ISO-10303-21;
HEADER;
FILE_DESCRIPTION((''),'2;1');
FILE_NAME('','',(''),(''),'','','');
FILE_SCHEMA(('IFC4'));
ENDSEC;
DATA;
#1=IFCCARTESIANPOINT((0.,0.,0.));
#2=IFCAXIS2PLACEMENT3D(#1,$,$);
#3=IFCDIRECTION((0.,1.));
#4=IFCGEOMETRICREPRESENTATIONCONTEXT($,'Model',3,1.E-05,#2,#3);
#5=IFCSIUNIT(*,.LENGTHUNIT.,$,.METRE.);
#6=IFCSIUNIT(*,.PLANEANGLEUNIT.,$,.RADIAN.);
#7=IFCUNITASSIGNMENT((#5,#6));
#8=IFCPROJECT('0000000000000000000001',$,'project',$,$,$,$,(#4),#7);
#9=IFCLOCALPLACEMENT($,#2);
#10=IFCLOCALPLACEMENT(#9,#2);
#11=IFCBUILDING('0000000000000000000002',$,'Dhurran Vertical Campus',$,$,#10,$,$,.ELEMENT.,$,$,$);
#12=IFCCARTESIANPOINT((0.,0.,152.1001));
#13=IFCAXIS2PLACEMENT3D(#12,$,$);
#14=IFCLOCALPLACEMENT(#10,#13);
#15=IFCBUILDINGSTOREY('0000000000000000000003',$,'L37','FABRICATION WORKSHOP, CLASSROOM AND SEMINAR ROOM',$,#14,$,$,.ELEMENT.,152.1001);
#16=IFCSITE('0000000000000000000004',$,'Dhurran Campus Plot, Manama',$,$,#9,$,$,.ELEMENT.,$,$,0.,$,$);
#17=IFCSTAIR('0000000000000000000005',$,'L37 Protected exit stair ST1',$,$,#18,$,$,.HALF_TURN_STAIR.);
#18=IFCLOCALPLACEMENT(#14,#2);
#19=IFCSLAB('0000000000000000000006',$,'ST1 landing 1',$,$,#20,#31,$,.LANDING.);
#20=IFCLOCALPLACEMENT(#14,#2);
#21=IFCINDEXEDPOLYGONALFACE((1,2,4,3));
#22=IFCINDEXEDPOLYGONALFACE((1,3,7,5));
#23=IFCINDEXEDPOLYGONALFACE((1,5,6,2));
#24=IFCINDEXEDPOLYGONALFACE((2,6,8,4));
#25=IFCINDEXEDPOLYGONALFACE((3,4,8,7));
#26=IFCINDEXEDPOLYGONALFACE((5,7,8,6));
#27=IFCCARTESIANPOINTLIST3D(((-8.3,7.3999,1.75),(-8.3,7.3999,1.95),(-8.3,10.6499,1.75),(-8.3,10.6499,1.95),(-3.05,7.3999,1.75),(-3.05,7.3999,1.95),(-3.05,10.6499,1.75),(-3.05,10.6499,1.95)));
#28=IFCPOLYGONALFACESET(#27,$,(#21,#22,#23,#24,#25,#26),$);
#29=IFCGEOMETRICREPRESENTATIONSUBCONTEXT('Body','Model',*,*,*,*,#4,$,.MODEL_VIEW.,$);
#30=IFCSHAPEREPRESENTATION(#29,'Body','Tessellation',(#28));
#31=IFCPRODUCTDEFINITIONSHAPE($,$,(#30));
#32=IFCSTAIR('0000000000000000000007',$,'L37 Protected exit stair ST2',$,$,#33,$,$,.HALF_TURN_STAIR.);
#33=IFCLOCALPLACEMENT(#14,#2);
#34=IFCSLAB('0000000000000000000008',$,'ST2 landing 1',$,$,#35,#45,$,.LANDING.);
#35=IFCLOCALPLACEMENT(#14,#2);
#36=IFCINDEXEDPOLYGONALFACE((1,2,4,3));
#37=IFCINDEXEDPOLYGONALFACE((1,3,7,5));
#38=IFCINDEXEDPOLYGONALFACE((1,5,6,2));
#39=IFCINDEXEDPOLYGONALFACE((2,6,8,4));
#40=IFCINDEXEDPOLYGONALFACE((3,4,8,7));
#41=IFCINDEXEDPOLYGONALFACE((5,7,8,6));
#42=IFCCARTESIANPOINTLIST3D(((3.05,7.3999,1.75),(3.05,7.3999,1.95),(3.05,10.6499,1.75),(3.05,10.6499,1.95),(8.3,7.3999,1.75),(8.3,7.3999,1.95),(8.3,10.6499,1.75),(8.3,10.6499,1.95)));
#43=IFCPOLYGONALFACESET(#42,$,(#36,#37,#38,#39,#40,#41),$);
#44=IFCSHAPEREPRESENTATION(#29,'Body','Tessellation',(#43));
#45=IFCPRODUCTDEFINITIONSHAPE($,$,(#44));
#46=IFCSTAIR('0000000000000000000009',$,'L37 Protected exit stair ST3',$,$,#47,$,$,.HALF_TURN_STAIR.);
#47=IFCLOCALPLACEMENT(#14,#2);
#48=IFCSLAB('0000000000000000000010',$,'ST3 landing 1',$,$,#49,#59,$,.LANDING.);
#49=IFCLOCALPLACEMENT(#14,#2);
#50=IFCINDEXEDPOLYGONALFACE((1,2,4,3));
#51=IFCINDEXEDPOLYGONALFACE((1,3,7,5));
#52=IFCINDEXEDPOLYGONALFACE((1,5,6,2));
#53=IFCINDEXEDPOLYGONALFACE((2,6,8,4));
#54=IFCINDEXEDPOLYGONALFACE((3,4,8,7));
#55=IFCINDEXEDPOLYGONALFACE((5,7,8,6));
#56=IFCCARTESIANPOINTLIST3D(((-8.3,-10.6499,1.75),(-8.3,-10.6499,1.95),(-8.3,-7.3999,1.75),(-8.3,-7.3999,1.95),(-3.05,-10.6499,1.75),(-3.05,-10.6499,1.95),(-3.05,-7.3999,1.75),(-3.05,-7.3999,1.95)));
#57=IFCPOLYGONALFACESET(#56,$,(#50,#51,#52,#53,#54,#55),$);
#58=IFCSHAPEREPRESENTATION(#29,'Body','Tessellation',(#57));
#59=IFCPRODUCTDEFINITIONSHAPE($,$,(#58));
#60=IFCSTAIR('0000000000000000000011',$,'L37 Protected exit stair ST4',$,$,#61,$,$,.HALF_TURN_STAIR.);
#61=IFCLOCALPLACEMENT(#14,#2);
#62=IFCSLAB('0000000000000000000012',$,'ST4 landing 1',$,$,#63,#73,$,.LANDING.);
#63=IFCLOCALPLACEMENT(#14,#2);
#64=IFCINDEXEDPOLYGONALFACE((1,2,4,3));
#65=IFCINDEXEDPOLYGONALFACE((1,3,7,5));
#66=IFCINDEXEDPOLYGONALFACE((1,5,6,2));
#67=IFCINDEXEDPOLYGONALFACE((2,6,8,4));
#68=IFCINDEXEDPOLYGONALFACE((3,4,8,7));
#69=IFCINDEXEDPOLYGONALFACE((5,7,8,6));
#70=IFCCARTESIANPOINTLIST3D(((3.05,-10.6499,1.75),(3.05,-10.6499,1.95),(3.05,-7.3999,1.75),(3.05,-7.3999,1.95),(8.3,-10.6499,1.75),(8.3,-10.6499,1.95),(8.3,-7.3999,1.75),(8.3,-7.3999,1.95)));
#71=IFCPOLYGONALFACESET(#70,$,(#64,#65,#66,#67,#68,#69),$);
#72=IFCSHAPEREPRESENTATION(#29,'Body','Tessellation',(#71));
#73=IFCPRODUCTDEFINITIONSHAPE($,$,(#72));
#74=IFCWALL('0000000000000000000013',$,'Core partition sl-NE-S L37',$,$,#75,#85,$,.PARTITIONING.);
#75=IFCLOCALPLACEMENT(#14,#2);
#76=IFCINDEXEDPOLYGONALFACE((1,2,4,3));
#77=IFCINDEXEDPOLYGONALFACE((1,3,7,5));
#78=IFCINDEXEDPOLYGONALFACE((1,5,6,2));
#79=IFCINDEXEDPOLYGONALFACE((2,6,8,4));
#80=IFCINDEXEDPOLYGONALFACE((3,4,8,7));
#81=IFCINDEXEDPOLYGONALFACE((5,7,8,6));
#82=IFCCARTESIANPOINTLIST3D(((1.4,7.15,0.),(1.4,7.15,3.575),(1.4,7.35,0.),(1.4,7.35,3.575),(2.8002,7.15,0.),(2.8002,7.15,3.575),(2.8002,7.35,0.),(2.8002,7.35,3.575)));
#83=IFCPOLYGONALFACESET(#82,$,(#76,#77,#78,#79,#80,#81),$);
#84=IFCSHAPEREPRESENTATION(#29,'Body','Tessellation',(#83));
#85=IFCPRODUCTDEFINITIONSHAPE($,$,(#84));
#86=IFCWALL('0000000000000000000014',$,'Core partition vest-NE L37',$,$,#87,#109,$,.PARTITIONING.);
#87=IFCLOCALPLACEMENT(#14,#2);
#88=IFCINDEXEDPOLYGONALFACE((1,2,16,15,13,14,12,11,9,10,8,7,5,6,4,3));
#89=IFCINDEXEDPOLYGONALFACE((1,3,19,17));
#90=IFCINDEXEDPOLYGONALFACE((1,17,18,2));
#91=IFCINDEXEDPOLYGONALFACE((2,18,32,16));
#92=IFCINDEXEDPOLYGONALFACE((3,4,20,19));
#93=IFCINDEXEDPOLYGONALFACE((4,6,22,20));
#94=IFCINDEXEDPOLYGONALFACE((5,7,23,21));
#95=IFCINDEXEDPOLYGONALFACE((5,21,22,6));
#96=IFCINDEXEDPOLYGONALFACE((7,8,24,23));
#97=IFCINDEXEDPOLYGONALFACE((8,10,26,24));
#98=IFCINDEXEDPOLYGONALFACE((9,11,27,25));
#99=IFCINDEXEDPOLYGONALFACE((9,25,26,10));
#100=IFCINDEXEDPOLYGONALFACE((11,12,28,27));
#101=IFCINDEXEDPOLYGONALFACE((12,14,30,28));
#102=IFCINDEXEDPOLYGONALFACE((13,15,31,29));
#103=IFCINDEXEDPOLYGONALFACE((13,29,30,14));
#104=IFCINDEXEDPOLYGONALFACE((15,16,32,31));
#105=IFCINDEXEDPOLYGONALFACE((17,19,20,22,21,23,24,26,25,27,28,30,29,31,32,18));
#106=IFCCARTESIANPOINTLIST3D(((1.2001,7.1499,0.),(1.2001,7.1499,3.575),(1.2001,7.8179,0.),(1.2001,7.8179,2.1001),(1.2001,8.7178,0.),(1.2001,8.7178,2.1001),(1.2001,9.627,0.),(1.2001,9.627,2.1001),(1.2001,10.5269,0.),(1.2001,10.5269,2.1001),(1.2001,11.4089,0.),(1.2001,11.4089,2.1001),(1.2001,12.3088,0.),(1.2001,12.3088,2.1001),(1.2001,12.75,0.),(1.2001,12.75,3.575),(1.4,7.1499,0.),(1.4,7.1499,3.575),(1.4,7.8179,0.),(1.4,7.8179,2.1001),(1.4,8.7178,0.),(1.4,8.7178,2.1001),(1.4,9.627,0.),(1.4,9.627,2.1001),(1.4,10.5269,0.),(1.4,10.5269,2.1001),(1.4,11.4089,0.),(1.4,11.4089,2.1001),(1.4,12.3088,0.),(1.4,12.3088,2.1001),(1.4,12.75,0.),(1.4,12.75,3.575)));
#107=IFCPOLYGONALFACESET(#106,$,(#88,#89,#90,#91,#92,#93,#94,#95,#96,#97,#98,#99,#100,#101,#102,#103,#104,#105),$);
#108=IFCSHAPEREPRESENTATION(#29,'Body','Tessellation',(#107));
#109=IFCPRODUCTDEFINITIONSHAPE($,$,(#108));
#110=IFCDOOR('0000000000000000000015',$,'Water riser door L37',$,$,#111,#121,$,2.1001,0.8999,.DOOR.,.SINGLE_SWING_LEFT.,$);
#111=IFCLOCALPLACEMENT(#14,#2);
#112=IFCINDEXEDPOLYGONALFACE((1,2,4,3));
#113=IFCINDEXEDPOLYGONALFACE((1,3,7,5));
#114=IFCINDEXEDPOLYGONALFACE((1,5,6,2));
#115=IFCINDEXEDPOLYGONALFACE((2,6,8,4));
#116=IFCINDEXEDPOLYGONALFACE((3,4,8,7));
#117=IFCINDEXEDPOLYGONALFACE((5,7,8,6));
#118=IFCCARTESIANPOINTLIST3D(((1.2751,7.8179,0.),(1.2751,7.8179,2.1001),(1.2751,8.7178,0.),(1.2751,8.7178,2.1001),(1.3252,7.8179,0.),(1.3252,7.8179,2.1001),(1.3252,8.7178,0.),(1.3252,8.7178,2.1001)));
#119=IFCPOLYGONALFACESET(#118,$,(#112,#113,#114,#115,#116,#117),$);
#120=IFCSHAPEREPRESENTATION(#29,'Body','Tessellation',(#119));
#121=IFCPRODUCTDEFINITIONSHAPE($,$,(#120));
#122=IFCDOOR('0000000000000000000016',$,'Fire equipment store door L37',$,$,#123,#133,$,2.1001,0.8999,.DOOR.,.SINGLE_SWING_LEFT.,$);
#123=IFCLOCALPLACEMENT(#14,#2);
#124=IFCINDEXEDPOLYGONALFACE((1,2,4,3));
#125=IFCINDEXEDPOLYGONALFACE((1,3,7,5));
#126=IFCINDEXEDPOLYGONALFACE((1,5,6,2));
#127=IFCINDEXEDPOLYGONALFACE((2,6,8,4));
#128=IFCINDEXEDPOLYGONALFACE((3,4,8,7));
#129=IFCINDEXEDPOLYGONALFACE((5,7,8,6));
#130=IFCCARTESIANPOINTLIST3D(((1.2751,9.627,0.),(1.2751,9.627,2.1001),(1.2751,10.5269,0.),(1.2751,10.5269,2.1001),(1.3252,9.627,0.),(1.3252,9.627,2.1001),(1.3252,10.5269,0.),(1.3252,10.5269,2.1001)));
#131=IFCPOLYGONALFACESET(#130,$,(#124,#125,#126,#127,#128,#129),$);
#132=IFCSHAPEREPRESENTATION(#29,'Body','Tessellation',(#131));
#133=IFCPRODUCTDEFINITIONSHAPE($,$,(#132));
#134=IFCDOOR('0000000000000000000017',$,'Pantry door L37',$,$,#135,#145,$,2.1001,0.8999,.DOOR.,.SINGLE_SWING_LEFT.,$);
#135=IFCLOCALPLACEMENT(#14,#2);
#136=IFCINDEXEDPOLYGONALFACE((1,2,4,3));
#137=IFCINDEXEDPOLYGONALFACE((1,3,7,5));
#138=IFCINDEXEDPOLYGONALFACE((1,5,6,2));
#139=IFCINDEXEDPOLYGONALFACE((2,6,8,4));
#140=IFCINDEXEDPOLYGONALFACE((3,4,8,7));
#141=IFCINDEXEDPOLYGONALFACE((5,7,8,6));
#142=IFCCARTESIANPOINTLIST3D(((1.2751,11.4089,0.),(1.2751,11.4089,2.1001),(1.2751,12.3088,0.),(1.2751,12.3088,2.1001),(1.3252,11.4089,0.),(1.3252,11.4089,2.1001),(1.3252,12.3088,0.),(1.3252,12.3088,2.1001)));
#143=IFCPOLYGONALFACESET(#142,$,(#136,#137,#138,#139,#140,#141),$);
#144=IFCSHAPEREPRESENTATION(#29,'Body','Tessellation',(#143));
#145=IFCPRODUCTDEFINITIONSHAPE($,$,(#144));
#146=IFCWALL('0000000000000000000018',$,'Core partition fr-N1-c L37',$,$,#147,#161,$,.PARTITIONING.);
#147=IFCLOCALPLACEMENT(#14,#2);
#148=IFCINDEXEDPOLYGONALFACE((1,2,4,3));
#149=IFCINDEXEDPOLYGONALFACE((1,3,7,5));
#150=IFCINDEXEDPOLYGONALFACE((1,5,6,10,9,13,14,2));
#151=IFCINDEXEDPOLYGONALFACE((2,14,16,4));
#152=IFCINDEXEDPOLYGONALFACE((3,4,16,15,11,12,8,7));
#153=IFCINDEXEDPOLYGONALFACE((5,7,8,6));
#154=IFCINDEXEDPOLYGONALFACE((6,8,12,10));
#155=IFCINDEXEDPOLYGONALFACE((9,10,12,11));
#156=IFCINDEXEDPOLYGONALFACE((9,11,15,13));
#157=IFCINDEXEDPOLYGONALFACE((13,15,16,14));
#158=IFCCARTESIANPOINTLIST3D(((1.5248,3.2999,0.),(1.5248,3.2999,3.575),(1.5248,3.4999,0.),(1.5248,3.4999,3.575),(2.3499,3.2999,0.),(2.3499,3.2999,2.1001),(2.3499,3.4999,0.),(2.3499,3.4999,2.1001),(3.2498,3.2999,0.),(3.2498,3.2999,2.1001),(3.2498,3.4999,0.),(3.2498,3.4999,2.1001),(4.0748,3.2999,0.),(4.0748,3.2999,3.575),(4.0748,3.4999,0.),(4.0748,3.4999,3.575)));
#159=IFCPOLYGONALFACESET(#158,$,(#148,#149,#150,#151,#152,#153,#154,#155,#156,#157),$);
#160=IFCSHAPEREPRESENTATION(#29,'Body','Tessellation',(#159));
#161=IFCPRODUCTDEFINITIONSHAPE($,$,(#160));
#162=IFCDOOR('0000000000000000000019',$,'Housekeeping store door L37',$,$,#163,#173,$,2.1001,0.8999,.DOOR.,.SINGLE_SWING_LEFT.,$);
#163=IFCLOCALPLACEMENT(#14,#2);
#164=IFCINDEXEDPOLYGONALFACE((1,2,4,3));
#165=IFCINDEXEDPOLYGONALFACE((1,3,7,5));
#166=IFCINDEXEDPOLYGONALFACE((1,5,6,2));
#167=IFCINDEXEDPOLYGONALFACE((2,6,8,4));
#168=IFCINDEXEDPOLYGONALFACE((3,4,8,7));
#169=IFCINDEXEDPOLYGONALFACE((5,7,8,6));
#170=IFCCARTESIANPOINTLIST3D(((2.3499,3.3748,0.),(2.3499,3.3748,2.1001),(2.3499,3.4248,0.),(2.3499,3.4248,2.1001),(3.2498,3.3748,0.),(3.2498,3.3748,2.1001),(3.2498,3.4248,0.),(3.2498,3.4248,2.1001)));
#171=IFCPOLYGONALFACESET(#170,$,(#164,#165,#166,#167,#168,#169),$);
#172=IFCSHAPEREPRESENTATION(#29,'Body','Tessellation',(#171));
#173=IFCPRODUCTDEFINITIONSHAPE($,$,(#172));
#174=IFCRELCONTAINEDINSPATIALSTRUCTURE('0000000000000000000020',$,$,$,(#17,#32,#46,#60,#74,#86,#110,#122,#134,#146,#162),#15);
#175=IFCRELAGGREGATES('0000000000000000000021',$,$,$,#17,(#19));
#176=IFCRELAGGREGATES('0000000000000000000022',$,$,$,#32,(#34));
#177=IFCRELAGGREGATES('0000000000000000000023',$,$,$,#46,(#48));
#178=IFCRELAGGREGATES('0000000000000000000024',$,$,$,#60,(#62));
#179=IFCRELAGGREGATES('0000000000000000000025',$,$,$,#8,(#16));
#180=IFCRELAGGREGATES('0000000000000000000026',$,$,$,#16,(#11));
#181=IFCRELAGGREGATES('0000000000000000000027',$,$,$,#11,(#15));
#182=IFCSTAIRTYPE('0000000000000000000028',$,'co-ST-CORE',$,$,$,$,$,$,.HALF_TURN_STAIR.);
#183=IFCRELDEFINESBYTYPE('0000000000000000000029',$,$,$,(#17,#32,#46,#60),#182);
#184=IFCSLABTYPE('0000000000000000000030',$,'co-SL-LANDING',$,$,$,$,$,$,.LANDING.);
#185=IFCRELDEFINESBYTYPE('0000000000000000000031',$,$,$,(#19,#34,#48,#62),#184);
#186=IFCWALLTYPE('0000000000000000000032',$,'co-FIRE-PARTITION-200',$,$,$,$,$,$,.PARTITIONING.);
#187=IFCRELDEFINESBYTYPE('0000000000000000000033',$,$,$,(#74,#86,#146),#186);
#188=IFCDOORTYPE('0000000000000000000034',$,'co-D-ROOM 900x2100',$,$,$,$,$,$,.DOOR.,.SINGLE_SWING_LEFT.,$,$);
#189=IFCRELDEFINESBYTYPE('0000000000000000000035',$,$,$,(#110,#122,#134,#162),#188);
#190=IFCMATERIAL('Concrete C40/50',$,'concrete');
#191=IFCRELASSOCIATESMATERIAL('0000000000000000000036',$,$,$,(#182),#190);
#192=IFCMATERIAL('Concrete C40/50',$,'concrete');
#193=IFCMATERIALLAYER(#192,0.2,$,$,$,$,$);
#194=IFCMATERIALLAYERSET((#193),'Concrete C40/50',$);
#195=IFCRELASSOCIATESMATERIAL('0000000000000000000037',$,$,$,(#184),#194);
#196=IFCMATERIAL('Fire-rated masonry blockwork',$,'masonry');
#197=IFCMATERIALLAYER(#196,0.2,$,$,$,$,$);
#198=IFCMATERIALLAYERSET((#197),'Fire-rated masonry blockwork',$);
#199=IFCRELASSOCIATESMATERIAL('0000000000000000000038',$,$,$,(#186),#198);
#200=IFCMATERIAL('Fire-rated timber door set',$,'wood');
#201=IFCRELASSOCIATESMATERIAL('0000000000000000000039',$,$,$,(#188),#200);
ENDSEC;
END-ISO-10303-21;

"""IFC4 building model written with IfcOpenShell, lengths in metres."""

from ifc_helpers import new_model, si_unit, direction, frame, frame_2d, origin, place, context, subcontext, project, spatial, polyline, rectangle, outline, extrude, material, layer, layer_set, type_object, element, fill, aggregate, save


model = new_model("IFC4")

# Units and contexts
model_context = context("Model", 3, precision=1e-05, world=origin(), true_north=direction((0.0, 1.0)))
body_context = subcontext(model_context, "Body", "Model", "MODEL_VIEW")
ifc_project = project(units=[si_unit("LENGTHUNIT", "METRE"), si_unit("PLANEANGLEUNIT", "RADIAN")], contexts=[model_context])

# Site, building, storey
site_placement = place(None, origin())
site = spatial("IfcSite", under=ifc_project, at=site_placement, Name="Dhurran Campus Plot, Manama", CompositionType="ELEMENT", RefElevation=0.0)
building_placement = place(site_placement, origin())
building = spatial("IfcBuilding", under=site, at=building_placement, Name="Dhurran Vertical Campus", CompositionType="ELEMENT")
storey_placement = place(building_placement, frame((0.0, 0.0, 152.1001)))
storey = spatial("IfcBuildingStorey", under=building, at=storey_placement, Name="L37", Description="FABRICATION WORKSHOP, CLASSROOM AND SEMINAR ROOM", CompositionType="ELEMENT", Elevation=152.1001)

# Stairs, slabs
ifc_material_1 = material(Name="Concrete C40/50", Category="concrete")
stair_type = type_object("IfcStairType", Name="co-ST-CORE", PredefinedType="HALF_TURN_STAIR", material=ifc_material_1)
stair_1_placement = place(storey_placement, origin())
stair_1 = element("IfcStair", 1, at=stair_1_placement, inside=storey, type_object=stair_type, Name="L37 Protected exit stair ST1", PredefinedType="HALF_TURN_STAIR")
ifc_material_2 = material(Name="Concrete C40/50", Category="concrete")
ifc_layer_1 = layer(ifc_material_2, 0.2)
ifc_layer_set_1 = layer_set([ifc_layer_1], Name="Concrete C40/50")
slab_type = type_object("IfcSlabType", Name="co-SL-LANDING", PredefinedType="LANDING", material=ifc_layer_set_1)
slab_1_placement = place(storey_placement, frame((0.0, 0.0, 1.75)))
slab_1 = element("IfcSlab", 2, at=slab_1_placement, type_object=slab_type, Name="ST1 landing 1", PredefinedType="LANDING", context=body_context, shape_type="SweptSolid", body=[
    extrude(outline(polyline([(-8.3, 7.3999), (-3.05, 7.3999), (-3.05, 10.6499), (-8.3, 10.6499), (-8.3, 7.3999)])), origin(), (0.0, 0.0, 1.0), 0.2),
])
aggregate(stair_1, [slab_1])
stair_2_placement = place(storey_placement, origin())
stair_2 = element("IfcStair", 3, at=stair_2_placement, inside=storey, type_object=stair_type, Name="L37 Protected exit stair ST2", PredefinedType="HALF_TURN_STAIR")
slab_2_placement = place(storey_placement, frame((0.0, 0.0, 1.75)))
slab_2 = element("IfcSlab", 4, at=slab_2_placement, type_object=slab_type, Name="ST2 landing 1", PredefinedType="LANDING", context=body_context, shape_type="SweptSolid", body=[
    extrude(outline(polyline([(8.3, 10.6499), (3.05, 10.6499), (3.05, 7.3999), (8.3, 7.3999), (8.3, 10.6499)])), origin(), (0.0, 0.0, 1.0), 0.2),
])
aggregate(stair_2, [slab_2])
stair_3_placement = place(storey_placement, origin())
stair_3 = element("IfcStair", 5, at=stair_3_placement, inside=storey, type_object=stair_type, Name="L37 Protected exit stair ST3", PredefinedType="HALF_TURN_STAIR")
slab_3_placement = place(storey_placement, frame((0.0, 0.0, 1.75)))
slab_3 = element("IfcSlab", 6, at=slab_3_placement, type_object=slab_type, Name="ST3 landing 1", PredefinedType="LANDING", context=body_context, shape_type="SweptSolid", body=[
    extrude(outline(polyline([(-8.3, -10.6499), (-3.05, -10.6499), (-3.05, -7.3999), (-8.3, -7.3999), (-8.3, -10.6499)])), origin(), (0.0, 0.0, 1.0), 0.2),
])
aggregate(stair_3, [slab_3])
stair_4_placement = place(storey_placement, origin())
stair_4 = element("IfcStair", 7, at=stair_4_placement, inside=storey, type_object=stair_type, Name="L37 Protected exit stair ST4", PredefinedType="HALF_TURN_STAIR")
slab_4_placement = place(storey_placement, frame((0.0, 0.0, 1.75)))
slab_4 = element("IfcSlab", 8, at=slab_4_placement, type_object=slab_type, Name="ST4 landing 1", PredefinedType="LANDING", context=body_context, shape_type="SweptSolid", body=[
    extrude(outline(polyline([(8.3, -7.3999), (3.05, -7.3999), (3.05, -10.6499), (8.3, -10.6499), (8.3, -7.3999)])), origin(), (0.0, 0.0, 1.0), 0.2),
])
aggregate(stair_4, [slab_4])

# Wall
ifc_material_3 = material(Name="Fire-rated masonry blockwork", Category="masonry")
ifc_layer_2 = layer(ifc_material_3, 0.2)
ifc_layer_set_2 = layer_set([ifc_layer_2], Name="Fire-rated masonry blockwork")
wall_type_1 = type_object("IfcWallType", Name="co-FIRE-PARTITION-200", PredefinedType="PARTITIONING", material=ifc_layer_set_2)
wall_1_placement = place(storey_placement, frame((1.3999, 7.25, 0.0), z_axis=(0.0, 0.0, 1.0), x_axis=(1.0, 0.0, 0.0)))
element("IfcWall", 9, at=wall_1_placement, inside=storey, type_object=wall_type_1, Name="Core partition sl-NE-S L37", PredefinedType="PARTITIONING", context=body_context, shape_type="SweptSolid", body=[
    extrude(rectangle(XDim=1.4001, YDim=0.2, at=frame_2d((0.7002, 0.0))), origin(), (0.0, 0.0, 1.0), 3.575),
])

# Wall, openings, doors
wall_2_placement = place(storey_placement, frame((1.3, 7.1499, 0.0), z_axis=(0.0, 0.0, 1.0), x_axis=(0.0, 1.0, 0.0)))
wall_2 = element("IfcWall", 10, at=wall_2_placement, inside=storey, type_object=wall_type_1, Name="Core partition vest-NE L37", PredefinedType="PARTITIONING", context=body_context, shape_type="SweptSolid", body=[
    extrude(rectangle(XDim=5.6001, YDim=0.2, at=frame_2d((2.8, 0.0))), origin(), (0.0, 0.0, 1.0), 3.575),
])
opening_1_placement = place(wall_2_placement, frame((0.668, 0.0, 0.0)))
opening_1 = element("IfcOpeningElement", 11, at=opening_1_placement, cuts=wall_2, PredefinedType="OPENING", context=body_context, shape_type="SweptSolid", body=[
    extrude(rectangle(XDim=0.8999, YDim=2.1001, at=frame_2d((0.45, 1.05))), frame((0.0, 0.1099, 0.0), z_axis=(0.0, -1.0, 0.0), x_axis=(1.0, 0.0, 0.0)), (0.0, 0.0, 1.0), 0.22),
])
opening_2_placement = place(wall_2_placement, frame((2.4771, 0.0, 0.0)))
opening_2 = element("IfcOpeningElement", 12, at=opening_2_placement, cuts=wall_2, PredefinedType="OPENING", context=body_context, shape_type="SweptSolid", body=[
    extrude(rectangle(XDim=0.8999, YDim=2.1001, at=frame_2d((0.45, 1.05))), frame((0.0, 0.1099, 0.0), z_axis=(0.0, -1.0, 0.0), x_axis=(1.0, 0.0, 0.0)), (0.0, 0.0, 1.0), 0.22),
])
opening_3_placement = place(wall_2_placement, frame((4.259, 0.0, 0.0)))
opening_3 = element("IfcOpeningElement", 13, at=opening_3_placement, cuts=wall_2, PredefinedType="OPENING", context=body_context, shape_type="SweptSolid", body=[
    extrude(rectangle(XDim=0.8999, YDim=2.1001, at=frame_2d((0.45, 1.05))), frame((0.0, 0.1099, 0.0), z_axis=(0.0, -1.0, 0.0), x_axis=(1.0, 0.0, 0.0)), (0.0, 0.0, 1.0), 0.22),
])
ifc_material_4 = material(Name="Fire-rated timber door set", Category="wood")
door_type_1 = type_object("IfcDoorType", Name="co-D-ROOM 900x2100", OperationType="SINGLE_SWING_LEFT", PredefinedType="DOOR", material=ifc_material_4)
door_1_placement = place(opening_1_placement, origin())
door_1 = element("IfcDoor", 14, at=door_1_placement, inside=storey, type_object=door_type_1, Name="Water riser door L37", OperationType="SINGLE_SWING_LEFT", OverallHeight=2.1001, OverallWidth=0.8999, PredefinedType="DOOR", context=body_context, shape_type="SweptSolid", body=[
    extrude(rectangle(XDim=0.8999, YDim=2.1001, at=frame_2d((0.45, 1.05))), frame((0.0, 0.0249, 0.0), z_axis=(0.0, -1.0, 0.0), x_axis=(1.0, 0.0, 0.0)), (0.0, 0.0, 1.0), 0.05),
])
fill(opening_1, door_1)
door_2_placement = place(opening_2_placement, origin())
door_2 = element("IfcDoor", 15, at=door_2_placement, inside=storey, type_object=door_type_1, Name="Fire equipment store door L37", OperationType="SINGLE_SWING_LEFT", OverallHeight=2.1001, OverallWidth=0.8999, PredefinedType="DOOR", context=body_context, shape_type="SweptSolid", body=[
    extrude(rectangle(XDim=0.8999, YDim=2.1001, at=frame_2d((0.45, 1.05))), frame((0.0, 0.0249, 0.0), z_axis=(0.0, -1.0, 0.0), x_axis=(1.0, 0.0, 0.0)), (0.0, 0.0, 1.0), 0.05),
])
fill(opening_2, door_2)
door_3_placement = place(opening_3_placement, origin())
door_3 = element("IfcDoor", 16, at=door_3_placement, inside=storey, type_object=door_type_1, Name="Pantry door L37", OperationType="SINGLE_SWING_LEFT", OverallHeight=2.1001, OverallWidth=0.8999, PredefinedType="DOOR", context=body_context, shape_type="SweptSolid", body=[
    extrude(rectangle(XDim=0.8999, YDim=2.1001, at=frame_2d((0.45, 1.05))), frame((0.0, 0.0249, 0.0), z_axis=(0.0, -1.0, 0.0), x_axis=(1.0, 0.0, 0.0)), (0.0, 0.0, 1.0), 0.05),
])
fill(opening_3, door_3)

# Wall, opening, door
wall_3_placement = place(storey_placement, frame((1.5249, 3.3999, 0.0), z_axis=(0.0, 0.0, 1.0), x_axis=(1.0, 0.0, 0.0)))
wall_3 = element("IfcWall", 17, at=wall_3_placement, inside=storey, type_object=wall_type_1, Name="Core partition fr-N1-c L37", PredefinedType="PARTITIONING", context=body_context, shape_type="SweptSolid", body=[
    extrude(rectangle(XDim=2.55, YDim=0.2, at=frame_2d((1.2749, 0.0))), origin(), (0.0, 0.0, 1.0), 3.575),
])
opening_4_placement = place(wall_3_placement, frame((0.825, 0.0, 0.0)))
opening_4 = element("IfcOpeningElement", 18, at=opening_4_placement, cuts=wall_3, PredefinedType="OPENING", context=body_context, shape_type="SweptSolid", body=[
    extrude(rectangle(XDim=0.8999, YDim=2.1001, at=frame_2d((0.45, 1.05))), frame((0.0, 0.1099, 0.0), z_axis=(0.0, -1.0, 0.0), x_axis=(1.0, 0.0, 0.0)), (0.0, 0.0, 1.0), 0.22),
])
door_4_placement = place(opening_4_placement, origin())
door_4 = element("IfcDoor", 19, at=door_4_placement, inside=storey, type_object=door_type_1, Name="Housekeeping store door L37", OperationType="SINGLE_SWING_LEFT", OverallHeight=2.1001, OverallWidth=0.8999, PredefinedType="DOOR", context=body_context, shape_type="SweptSolid", body=[
    extrude(rectangle(XDim=0.8999, YDim=2.1001, at=frame_2d((0.45, 1.05))), frame((0.0, 0.0249, 0.0), z_axis=(0.0, -1.0, 0.0), x_axis=(1.0, 0.0, 0.0)), (0.0, 0.0, 1.0), 0.05),
])
fill(opening_4, door_4)

save(model, "model.ifc")
